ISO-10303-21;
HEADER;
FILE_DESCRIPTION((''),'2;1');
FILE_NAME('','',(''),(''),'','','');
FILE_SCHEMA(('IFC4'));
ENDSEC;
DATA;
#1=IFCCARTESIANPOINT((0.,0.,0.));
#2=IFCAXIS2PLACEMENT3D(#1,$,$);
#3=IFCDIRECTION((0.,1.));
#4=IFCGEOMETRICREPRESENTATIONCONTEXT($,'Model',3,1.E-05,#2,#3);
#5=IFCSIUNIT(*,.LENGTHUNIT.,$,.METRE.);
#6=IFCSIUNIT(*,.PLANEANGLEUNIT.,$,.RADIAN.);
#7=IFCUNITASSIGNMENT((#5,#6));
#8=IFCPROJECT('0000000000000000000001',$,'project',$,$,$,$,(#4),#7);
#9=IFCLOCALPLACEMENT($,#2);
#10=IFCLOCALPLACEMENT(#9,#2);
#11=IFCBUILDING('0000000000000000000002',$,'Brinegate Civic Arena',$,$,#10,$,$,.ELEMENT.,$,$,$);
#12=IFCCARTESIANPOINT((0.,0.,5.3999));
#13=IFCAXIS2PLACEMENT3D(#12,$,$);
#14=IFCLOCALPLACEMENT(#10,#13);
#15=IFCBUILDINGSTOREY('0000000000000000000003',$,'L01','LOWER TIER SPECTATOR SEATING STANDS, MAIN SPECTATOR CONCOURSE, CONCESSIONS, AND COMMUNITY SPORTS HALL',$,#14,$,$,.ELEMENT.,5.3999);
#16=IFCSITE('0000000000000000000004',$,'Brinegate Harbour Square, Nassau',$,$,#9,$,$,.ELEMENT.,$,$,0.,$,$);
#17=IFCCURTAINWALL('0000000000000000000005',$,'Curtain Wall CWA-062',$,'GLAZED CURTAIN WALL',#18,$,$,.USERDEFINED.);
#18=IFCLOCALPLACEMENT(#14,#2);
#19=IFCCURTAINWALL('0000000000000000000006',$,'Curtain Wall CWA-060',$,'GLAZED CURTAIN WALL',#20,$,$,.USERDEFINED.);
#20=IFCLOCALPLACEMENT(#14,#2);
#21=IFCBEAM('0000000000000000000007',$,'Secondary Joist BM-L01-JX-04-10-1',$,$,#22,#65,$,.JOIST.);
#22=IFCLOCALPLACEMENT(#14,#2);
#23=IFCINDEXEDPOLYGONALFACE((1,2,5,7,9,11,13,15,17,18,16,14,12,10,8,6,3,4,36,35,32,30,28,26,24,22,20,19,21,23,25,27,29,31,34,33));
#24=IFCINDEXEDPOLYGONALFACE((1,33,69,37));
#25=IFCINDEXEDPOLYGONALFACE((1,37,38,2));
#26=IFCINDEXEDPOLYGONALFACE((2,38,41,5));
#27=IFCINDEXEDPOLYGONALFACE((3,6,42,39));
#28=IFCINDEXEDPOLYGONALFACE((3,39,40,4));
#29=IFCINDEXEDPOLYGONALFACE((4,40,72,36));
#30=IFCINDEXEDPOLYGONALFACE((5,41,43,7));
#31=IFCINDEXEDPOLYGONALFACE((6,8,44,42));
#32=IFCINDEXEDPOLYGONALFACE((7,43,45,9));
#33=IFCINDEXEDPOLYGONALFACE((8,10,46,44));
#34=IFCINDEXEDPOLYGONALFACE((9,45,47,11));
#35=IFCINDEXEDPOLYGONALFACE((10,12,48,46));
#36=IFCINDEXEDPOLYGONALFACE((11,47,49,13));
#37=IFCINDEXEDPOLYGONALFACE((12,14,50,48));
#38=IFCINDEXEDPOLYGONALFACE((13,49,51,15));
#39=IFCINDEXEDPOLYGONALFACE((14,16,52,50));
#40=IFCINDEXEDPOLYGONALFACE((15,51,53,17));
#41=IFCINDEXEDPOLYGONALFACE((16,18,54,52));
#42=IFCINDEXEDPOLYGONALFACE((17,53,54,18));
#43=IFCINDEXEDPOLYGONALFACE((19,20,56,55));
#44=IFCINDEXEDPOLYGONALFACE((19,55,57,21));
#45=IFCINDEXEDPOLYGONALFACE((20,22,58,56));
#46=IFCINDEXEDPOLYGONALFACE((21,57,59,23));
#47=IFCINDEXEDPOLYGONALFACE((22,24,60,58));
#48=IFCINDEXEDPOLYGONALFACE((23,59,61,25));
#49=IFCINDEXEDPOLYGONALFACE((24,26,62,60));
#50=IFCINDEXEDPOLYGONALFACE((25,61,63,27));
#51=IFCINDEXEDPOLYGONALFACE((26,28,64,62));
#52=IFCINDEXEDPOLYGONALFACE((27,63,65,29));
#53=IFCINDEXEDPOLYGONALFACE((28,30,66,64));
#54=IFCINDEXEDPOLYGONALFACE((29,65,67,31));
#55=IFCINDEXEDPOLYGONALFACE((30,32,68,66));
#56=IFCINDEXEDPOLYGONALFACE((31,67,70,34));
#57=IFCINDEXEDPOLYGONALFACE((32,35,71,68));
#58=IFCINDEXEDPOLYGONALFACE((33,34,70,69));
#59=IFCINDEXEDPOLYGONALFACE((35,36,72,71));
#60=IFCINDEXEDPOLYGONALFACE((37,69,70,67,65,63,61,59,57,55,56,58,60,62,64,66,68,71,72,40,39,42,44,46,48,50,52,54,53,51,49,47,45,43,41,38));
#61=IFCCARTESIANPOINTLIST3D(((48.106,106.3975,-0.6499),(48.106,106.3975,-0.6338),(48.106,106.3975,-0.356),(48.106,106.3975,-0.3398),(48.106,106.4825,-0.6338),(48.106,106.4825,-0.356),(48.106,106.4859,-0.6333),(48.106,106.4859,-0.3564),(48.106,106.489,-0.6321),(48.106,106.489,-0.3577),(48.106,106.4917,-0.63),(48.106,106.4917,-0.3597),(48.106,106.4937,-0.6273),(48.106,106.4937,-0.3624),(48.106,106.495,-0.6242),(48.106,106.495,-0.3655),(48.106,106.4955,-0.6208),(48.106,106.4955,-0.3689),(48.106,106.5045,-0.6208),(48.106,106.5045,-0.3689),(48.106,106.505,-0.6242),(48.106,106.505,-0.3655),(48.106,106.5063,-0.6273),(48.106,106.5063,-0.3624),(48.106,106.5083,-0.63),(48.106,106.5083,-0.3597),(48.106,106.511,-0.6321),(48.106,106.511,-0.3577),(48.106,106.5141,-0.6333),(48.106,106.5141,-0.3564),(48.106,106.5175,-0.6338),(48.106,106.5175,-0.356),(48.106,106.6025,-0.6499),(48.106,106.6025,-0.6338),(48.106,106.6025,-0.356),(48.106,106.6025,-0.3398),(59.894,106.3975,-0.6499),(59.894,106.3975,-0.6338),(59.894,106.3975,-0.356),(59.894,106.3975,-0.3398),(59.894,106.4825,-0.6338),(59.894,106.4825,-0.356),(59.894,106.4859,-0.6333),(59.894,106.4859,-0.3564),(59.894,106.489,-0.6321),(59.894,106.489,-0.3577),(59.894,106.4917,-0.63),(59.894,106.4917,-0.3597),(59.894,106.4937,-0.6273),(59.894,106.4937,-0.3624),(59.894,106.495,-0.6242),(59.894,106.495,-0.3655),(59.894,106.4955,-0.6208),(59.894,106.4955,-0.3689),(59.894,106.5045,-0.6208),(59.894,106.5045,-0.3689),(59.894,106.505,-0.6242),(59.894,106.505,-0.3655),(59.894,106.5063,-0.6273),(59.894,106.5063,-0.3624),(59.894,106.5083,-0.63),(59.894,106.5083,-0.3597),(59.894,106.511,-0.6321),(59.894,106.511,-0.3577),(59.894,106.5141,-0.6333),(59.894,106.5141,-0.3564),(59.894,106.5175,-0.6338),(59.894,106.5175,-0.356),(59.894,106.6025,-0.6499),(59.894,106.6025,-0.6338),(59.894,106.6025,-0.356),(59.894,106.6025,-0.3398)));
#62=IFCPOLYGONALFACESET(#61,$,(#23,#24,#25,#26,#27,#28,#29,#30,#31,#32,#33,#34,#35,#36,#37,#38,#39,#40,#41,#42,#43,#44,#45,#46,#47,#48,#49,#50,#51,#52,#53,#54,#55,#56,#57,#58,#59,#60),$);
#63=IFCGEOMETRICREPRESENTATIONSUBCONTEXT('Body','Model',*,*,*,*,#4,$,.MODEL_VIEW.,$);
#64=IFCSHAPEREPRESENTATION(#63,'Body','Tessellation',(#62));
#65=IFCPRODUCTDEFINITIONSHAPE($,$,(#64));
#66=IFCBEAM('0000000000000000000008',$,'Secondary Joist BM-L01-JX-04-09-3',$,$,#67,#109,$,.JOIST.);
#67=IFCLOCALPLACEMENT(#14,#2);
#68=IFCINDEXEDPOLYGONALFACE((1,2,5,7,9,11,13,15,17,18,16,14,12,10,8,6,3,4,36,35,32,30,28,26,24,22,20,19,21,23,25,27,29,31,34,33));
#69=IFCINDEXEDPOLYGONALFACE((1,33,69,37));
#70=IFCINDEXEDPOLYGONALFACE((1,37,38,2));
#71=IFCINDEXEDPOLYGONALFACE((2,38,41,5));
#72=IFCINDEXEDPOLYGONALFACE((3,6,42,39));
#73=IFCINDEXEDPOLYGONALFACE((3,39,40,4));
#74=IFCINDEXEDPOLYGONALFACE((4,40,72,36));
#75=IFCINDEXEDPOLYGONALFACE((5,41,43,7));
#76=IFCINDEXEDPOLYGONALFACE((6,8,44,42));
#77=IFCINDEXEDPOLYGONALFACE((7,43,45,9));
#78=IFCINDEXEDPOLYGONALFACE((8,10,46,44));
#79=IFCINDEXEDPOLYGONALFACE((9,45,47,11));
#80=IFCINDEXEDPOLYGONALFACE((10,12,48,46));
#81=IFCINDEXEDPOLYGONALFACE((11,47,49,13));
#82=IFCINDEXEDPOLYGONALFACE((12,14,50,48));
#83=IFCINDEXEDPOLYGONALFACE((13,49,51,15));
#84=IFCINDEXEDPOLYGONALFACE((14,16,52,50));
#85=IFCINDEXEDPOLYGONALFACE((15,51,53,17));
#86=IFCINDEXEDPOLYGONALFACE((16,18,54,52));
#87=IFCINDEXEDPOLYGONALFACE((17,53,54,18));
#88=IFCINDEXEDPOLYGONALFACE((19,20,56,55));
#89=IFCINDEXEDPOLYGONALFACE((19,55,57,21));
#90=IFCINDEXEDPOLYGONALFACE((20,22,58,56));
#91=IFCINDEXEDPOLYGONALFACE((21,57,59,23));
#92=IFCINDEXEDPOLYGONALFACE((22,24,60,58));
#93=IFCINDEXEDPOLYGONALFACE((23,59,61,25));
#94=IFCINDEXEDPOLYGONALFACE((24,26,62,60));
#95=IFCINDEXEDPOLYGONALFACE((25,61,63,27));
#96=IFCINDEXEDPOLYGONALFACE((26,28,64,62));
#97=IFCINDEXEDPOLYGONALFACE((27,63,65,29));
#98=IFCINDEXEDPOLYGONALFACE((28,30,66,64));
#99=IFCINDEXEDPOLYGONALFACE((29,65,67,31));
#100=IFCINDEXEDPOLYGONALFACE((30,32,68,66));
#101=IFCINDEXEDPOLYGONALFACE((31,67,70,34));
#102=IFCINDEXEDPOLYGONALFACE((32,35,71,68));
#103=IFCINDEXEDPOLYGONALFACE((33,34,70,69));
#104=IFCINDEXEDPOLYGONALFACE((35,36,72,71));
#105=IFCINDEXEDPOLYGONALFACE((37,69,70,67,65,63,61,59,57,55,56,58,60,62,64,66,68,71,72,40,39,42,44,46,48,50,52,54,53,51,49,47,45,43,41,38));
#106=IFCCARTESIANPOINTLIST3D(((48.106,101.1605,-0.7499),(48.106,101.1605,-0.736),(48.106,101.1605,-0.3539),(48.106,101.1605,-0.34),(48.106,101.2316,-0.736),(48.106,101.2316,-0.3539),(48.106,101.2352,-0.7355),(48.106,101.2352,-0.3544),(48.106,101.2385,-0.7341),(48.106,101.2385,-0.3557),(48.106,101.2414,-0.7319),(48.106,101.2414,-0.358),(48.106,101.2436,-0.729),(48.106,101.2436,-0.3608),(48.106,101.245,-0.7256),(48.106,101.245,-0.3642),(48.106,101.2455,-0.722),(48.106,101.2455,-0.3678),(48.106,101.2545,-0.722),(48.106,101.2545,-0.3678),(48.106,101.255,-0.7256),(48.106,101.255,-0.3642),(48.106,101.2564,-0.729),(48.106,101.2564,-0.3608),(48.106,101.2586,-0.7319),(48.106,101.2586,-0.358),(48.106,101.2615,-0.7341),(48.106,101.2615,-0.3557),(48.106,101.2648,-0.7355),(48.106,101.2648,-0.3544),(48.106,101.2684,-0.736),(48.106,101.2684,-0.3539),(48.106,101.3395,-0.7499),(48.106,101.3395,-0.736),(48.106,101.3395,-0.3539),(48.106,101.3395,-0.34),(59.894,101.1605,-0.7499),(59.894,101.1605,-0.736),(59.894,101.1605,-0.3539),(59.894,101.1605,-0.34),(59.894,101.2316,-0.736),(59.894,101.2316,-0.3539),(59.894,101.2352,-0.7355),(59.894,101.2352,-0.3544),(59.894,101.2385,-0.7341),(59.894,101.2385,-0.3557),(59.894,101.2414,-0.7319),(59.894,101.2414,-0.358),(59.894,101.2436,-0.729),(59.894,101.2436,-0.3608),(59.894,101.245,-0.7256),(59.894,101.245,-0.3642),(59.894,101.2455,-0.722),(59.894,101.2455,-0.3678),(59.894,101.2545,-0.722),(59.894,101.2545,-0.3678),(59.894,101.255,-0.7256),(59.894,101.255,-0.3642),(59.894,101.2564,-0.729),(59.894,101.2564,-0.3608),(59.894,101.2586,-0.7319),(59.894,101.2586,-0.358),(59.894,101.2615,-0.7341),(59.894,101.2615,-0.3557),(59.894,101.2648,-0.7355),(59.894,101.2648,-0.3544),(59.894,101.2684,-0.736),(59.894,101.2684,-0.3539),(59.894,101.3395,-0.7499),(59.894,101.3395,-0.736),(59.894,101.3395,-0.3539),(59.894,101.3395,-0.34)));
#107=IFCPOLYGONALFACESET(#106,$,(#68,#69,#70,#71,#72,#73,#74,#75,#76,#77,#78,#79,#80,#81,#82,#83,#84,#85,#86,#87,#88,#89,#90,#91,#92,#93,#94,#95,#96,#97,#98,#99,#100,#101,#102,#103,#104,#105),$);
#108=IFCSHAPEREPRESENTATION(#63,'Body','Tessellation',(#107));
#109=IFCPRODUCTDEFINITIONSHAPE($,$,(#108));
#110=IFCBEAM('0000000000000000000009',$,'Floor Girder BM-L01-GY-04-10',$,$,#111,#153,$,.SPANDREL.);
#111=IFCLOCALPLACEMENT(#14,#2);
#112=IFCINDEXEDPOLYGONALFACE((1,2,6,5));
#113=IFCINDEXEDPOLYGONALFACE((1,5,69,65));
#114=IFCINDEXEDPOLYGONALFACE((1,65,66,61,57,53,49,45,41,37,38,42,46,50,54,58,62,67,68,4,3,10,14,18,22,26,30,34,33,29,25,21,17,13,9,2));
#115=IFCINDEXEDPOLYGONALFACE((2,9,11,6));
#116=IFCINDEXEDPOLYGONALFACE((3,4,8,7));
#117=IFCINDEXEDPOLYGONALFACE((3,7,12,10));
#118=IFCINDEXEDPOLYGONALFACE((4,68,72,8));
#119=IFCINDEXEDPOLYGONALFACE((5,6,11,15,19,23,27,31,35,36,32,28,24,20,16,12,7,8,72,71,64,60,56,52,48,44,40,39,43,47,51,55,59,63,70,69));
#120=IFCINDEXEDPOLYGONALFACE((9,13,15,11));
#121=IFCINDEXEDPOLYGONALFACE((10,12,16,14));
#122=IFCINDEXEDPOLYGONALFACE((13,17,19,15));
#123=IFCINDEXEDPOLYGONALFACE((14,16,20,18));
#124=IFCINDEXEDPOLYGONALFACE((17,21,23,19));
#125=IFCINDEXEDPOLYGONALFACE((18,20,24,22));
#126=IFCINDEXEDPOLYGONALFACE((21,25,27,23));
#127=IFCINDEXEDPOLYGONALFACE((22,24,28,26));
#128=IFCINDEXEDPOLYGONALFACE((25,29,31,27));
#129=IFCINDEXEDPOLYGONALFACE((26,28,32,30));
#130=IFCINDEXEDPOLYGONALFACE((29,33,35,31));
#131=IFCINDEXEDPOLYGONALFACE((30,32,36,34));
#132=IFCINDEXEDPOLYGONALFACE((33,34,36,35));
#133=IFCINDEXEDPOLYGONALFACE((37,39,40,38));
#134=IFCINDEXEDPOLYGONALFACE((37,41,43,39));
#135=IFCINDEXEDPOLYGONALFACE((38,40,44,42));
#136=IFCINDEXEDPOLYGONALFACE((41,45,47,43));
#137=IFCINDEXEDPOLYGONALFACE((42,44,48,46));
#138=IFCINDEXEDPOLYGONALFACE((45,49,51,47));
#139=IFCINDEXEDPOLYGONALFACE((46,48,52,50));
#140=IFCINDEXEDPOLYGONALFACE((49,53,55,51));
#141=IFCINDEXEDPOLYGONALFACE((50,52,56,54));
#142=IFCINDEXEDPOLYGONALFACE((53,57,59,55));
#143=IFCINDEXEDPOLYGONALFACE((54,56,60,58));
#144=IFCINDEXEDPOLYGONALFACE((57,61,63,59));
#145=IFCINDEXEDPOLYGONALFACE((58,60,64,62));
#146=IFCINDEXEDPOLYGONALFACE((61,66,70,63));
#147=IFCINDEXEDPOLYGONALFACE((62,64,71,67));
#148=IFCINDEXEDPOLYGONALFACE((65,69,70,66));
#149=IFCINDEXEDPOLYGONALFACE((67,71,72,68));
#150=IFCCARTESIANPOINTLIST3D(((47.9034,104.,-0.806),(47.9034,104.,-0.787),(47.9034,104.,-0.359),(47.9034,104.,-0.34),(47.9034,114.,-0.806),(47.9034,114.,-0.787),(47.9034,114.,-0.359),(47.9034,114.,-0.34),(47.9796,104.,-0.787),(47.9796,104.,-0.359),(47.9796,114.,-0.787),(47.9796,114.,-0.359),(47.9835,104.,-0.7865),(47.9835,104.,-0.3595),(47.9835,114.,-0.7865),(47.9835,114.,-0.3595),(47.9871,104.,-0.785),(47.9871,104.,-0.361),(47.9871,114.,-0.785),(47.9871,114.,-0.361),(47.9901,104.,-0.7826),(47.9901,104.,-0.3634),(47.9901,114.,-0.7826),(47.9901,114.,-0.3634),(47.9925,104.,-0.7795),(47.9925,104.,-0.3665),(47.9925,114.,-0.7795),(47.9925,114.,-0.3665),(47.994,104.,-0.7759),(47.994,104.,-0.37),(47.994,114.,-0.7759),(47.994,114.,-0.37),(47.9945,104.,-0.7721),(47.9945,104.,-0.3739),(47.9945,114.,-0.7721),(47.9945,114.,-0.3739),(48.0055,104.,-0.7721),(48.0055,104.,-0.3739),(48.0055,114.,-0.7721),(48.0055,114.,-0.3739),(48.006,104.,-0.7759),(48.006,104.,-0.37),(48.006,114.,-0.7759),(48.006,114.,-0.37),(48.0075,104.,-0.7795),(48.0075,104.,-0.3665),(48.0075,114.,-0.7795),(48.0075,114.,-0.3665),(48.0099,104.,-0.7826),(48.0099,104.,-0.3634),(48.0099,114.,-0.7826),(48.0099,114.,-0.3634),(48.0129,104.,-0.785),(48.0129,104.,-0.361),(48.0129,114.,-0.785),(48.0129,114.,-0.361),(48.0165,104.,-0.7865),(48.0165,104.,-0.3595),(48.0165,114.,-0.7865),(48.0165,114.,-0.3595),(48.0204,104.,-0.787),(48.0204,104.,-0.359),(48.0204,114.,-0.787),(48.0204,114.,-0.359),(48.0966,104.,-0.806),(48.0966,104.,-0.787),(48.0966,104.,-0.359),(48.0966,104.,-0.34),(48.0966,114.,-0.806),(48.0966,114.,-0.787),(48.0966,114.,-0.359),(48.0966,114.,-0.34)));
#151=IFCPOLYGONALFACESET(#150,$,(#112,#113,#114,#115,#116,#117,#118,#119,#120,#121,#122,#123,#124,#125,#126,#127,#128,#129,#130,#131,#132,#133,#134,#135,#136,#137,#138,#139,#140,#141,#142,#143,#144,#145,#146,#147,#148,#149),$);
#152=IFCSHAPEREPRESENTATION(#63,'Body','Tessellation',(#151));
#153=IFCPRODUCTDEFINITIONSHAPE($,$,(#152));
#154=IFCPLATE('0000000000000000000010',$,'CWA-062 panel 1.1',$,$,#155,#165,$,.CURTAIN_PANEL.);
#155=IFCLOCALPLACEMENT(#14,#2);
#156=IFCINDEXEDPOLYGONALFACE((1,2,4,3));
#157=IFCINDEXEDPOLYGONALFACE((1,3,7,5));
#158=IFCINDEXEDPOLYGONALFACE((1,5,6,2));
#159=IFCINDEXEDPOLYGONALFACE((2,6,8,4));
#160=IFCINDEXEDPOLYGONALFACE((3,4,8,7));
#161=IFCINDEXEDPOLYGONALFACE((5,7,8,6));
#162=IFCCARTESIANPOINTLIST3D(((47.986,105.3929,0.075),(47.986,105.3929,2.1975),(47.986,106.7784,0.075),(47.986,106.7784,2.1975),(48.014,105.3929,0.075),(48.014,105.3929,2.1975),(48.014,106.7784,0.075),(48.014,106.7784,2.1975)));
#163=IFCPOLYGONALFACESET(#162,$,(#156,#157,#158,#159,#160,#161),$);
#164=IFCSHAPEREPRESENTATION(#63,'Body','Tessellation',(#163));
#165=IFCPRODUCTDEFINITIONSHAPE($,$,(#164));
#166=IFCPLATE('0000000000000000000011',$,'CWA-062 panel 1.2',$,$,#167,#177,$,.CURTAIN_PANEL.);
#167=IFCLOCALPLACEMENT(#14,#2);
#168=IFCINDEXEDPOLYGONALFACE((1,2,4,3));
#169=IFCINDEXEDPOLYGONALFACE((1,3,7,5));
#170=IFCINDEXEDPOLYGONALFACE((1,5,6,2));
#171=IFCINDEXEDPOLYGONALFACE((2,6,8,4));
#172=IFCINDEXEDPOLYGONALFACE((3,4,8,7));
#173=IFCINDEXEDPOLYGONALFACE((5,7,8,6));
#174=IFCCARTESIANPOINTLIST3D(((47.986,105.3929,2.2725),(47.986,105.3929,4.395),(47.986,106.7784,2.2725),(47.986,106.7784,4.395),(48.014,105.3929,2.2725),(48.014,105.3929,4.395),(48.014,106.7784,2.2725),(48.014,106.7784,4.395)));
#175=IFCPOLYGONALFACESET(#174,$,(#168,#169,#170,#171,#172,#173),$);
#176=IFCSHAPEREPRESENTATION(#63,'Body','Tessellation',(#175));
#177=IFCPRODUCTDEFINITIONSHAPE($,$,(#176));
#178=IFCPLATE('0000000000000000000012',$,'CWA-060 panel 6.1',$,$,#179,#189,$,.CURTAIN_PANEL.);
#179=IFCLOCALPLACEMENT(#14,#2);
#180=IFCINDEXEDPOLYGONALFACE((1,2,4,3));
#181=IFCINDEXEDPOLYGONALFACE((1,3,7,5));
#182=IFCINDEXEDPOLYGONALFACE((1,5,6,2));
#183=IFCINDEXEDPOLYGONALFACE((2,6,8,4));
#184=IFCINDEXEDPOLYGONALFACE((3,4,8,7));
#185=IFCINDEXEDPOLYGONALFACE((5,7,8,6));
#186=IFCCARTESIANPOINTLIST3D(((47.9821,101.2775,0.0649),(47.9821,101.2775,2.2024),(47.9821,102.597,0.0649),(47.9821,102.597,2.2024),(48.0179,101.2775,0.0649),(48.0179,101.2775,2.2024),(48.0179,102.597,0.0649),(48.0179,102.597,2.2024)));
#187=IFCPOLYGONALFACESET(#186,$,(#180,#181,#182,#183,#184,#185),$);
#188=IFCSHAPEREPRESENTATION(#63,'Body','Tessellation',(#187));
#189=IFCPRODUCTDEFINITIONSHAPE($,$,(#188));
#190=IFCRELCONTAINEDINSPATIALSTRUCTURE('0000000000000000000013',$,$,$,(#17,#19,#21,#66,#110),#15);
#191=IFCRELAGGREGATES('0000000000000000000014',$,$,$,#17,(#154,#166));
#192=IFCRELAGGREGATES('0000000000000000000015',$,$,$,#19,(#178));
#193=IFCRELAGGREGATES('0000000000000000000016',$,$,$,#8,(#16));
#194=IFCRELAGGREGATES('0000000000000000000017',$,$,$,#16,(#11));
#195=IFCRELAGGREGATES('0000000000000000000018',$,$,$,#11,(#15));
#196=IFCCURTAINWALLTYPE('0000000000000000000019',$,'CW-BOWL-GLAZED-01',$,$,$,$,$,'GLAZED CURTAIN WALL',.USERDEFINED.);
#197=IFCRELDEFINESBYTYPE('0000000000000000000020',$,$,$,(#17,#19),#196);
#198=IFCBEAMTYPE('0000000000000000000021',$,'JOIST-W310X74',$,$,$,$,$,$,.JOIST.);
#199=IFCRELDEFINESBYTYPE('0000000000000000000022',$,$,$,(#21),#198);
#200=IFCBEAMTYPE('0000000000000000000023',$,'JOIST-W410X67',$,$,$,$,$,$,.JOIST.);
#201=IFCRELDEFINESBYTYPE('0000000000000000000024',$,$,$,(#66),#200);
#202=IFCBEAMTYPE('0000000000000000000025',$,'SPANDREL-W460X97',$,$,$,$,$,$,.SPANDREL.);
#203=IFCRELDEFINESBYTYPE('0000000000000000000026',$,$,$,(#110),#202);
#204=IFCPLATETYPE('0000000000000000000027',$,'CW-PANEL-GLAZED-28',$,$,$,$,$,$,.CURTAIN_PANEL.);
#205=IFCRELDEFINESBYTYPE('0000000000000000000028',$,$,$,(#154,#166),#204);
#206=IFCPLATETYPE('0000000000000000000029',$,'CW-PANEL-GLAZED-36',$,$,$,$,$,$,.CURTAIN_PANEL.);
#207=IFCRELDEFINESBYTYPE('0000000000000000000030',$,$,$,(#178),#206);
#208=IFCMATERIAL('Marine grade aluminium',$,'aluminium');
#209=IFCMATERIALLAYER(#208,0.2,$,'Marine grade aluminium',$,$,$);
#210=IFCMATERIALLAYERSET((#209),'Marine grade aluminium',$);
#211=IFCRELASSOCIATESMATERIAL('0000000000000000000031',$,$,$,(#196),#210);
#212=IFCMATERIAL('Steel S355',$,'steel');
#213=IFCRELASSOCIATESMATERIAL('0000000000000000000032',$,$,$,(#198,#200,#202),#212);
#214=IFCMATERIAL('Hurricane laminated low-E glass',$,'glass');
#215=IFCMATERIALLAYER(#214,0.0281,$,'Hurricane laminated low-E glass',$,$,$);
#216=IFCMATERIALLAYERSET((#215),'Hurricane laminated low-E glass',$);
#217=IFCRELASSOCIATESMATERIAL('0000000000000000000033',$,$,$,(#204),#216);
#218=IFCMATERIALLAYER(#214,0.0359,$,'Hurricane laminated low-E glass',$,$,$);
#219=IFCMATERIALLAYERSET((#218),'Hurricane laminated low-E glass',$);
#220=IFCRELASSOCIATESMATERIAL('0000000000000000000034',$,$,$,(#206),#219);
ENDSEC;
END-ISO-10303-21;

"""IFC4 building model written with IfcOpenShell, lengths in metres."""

from ifc_helpers import new_model, si_unit, direction, frame, origin, origin_2d, place, context, subcontext, project, spatial, rectangle, i_section, extrude, material, layer, layer_set, material_profile, profile_set, type_object, element, aggregate, save


model = new_model("IFC4")

# Units and contexts
model_context = context("Model", 3, precision=1e-05, world=origin(), true_north=direction((0.0, 1.0)))
body_context = subcontext(model_context, "Body", "Model", "MODEL_VIEW")
ifc_project = project(units=[si_unit("LENGTHUNIT", "METRE"), si_unit("PLANEANGLEUNIT", "RADIAN")], contexts=[model_context])

# Site, building, storey
site_placement = place(None, origin())
site = spatial("IfcSite", under=ifc_project, at=site_placement, Name="Brinegate Harbour Square, Nassau", CompositionType="ELEMENT", RefElevation=0.0)
building_placement = place(site_placement, origin())
building = spatial("IfcBuilding", under=site, at=building_placement, Name="Brinegate Civic Arena", CompositionType="ELEMENT")
storey_placement = place(building_placement, frame((0.0, 0.0, 5.3999)))
storey = spatial("IfcBuildingStorey", under=building, at=storey_placement, Name="L01", Description="LOWER TIER SPECTATOR SEATING STANDS, MAIN SPECTATOR CONCOURSE, CONCESSIONS, AND COMMUNITY SPORTS HALL", CompositionType="ELEMENT", Elevation=5.3999)

# Curtain walls
ifc_material_1 = material(Name="Marine grade aluminium", Category="aluminium")
ifc_layer_1 = layer(ifc_material_1, 0.2, Name="Marine grade aluminium")
ifc_layer_set_1 = layer_set([ifc_layer_1], Name="Marine grade aluminium")
curtain_wall_type = type_object("IfcCurtainWallType", Name="CW-BOWL-GLAZED-01", ElementType="GLAZED CURTAIN WALL", PredefinedType="USERDEFINED", material=ifc_layer_set_1)
curtain_wall_1_placement = place(storey_placement, origin())
curtain_wall_1 = element("IfcCurtainWall", 1, at=curtain_wall_1_placement, inside=storey, type_object=curtain_wall_type, Name="Curtain Wall CWA-062", ObjectType="GLAZED CURTAIN WALL", PredefinedType="USERDEFINED")
curtain_wall_2_placement = place(storey_placement, origin())
curtain_wall_2 = element("IfcCurtainWall", 2, at=curtain_wall_2_placement, inside=storey, type_object=curtain_wall_type, Name="Curtain Wall CWA-060", ObjectType="GLAZED CURTAIN WALL", PredefinedType="USERDEFINED")

# Beams
ifc_material_2 = material(Name="Steel S355", Category="steel")
ifc_material_profile_1 = material_profile(ifc_material_2, i_section(OverallWidth=0.2051, OverallDepth=0.3101, WebThickness=0.009, FlangeThickness=0.0161, FilletRadius=0.0129, at=origin_2d()), Name="W310X74")
ifc_profile_set_1 = profile_set([ifc_material_profile_1], Name="Steel S355")
beam_type_1 = type_object("IfcBeamType", Name="JOIST-W310X74", PredefinedType="JOIST", material=ifc_profile_set_1)
beam_1_placement = place(storey_placement, frame((48.106, 106.5, -0.4949), z_axis=(1.0, 0.0, 0.0), x_axis=(0.0, 1.0, 0.0)))
element("IfcBeam", 3, at=beam_1_placement, inside=storey, type_object=beam_type_1, Name="Secondary Joist BM-L01-JX-04-10-1", PredefinedType="JOIST", context=body_context, shape_type="SweptSolid", body=[
    extrude(i_section(OverallWidth=0.2051, OverallDepth=0.3101, WebThickness=0.009, FlangeThickness=0.0161, FilletRadius=0.0129, at=origin_2d()), origin(), (0.0, 0.0, 1.0), 11.7881),
])
ifc_material_profile_2 = material_profile(ifc_material_2, i_section(OverallWidth=0.179, OverallDepth=0.4099, WebThickness=0.009, FlangeThickness=0.0139, FilletRadius=0.0139, at=origin_2d()), Name="W410X67")
ifc_profile_set_2 = profile_set([ifc_material_profile_2], Name="Steel S355")
beam_type_2 = type_object("IfcBeamType", Name="JOIST-W410X67", PredefinedType="JOIST", material=ifc_profile_set_2)
beam_2_placement = place(storey_placement, frame((48.106, 101.25, -0.5449), z_axis=(1.0, 0.0, 0.0), x_axis=(0.0, 1.0, 0.0)))
element("IfcBeam", 4, at=beam_2_placement, inside=storey, type_object=beam_type_2, Name="Secondary Joist BM-L01-JX-04-09-3", PredefinedType="JOIST", context=body_context, shape_type="SweptSolid", body=[
    extrude(i_section(OverallWidth=0.179, OverallDepth=0.4099, WebThickness=0.009, FlangeThickness=0.0139, FilletRadius=0.0139, at=origin_2d()), origin(), (0.0, 0.0, 1.0), 11.7881),
])
ifc_material_profile_3 = material_profile(ifc_material_2, i_section(OverallWidth=0.1931, OverallDepth=0.4661, WebThickness=0.011, FlangeThickness=0.019, FilletRadius=0.0149, at=origin_2d()), Name="W460X97")
ifc_profile_set_3 = profile_set([ifc_material_profile_3], Name="Steel S355")
beam_type_3 = type_object("IfcBeamType", Name="SPANDREL-W460X97", PredefinedType="SPANDREL", material=ifc_profile_set_3)
beam_3_placement = place(storey_placement, frame((48.0, 104.0, -0.573), z_axis=(0.0, 1.0, 0.0), x_axis=(-1.0, 0.0, 0.0)))
element("IfcBeam", 5, at=beam_3_placement, inside=storey, type_object=beam_type_3, Name="Floor Girder BM-L01-GY-04-10", PredefinedType="SPANDREL", context=body_context, shape_type="SweptSolid", body=[
    extrude(i_section(OverallWidth=0.1931, OverallDepth=0.4661, WebThickness=0.011, FlangeThickness=0.019, FilletRadius=0.0149, at=origin_2d()), origin(), (0.0, 0.0, 1.0), 10.0),
])

# Plates
ifc_material_3 = material(Name="Hurricane laminated low-E glass", Category="glass")
ifc_layer_2 = layer(ifc_material_3, 0.0281, Name="Hurricane laminated low-E glass")
ifc_layer_set_2 = layer_set([ifc_layer_2], Name="Hurricane laminated low-E glass")
plate_type_1 = type_object("IfcPlateType", Name="CW-PANEL-GLAZED-28", PredefinedType="CURTAIN_PANEL", material=ifc_layer_set_2)
plate_1_placement = place(storey_placement, frame((48.0, 106.0857, 0.075), z_axis=(0.0, 0.0, 1.0), x_axis=(0.0, 1.0, 0.0)))
plate_1 = element("IfcPlate", 6, at=plate_1_placement, type_object=plate_type_1, Name="CWA-062 panel 1.1", PredefinedType="CURTAIN_PANEL", context=body_context, shape_type="SweptSolid", body=[
    extrude(rectangle(XDim=1.3855, YDim=0.0281, at=origin_2d()), origin(), (0.0, 0.0, 1.0), 2.1226),
])
plate_2_placement = place(storey_placement, frame((48.0, 106.0857, 2.2725), z_axis=(0.0, 0.0, 1.0), x_axis=(0.0, 1.0, 0.0)))
plate_2 = element("IfcPlate", 7, at=plate_2_placement, type_object=plate_type_1, Name="CWA-062 panel 1.2", PredefinedType="CURTAIN_PANEL", context=body_context, shape_type="SweptSolid", body=[
    extrude(rectangle(XDim=1.3855, YDim=0.0281, at=origin_2d()), origin(), (0.0, 0.0, 1.0), 2.1226),
])
aggregate(curtain_wall_1, [plate_1, plate_2])
ifc_layer_3 = layer(ifc_material_3, 0.0359, Name="Hurricane laminated low-E glass")
ifc_layer_set_3 = layer_set([ifc_layer_3], Name="Hurricane laminated low-E glass")
plate_type_2 = type_object("IfcPlateType", Name="CW-PANEL-GLAZED-36", PredefinedType="CURTAIN_PANEL", material=ifc_layer_set_3)
plate_3_placement = place(storey_placement, frame((48.0, 101.9373, 0.0649), z_axis=(0.0, 0.0, 1.0), x_axis=(0.0, 1.0, 0.0)))
plate_3 = element("IfcPlate", 8, at=plate_3_placement, type_object=plate_type_2, Name="CWA-060 panel 6.1", PredefinedType="CURTAIN_PANEL", context=body_context, shape_type="SweptSolid", body=[
    extrude(rectangle(XDim=1.3196, YDim=0.0359, at=origin_2d()), origin(), (0.0, 0.0, 1.0), 2.1375),
])
aggregate(curtain_wall_2, [plate_3])

save(model, "model.ifc")
